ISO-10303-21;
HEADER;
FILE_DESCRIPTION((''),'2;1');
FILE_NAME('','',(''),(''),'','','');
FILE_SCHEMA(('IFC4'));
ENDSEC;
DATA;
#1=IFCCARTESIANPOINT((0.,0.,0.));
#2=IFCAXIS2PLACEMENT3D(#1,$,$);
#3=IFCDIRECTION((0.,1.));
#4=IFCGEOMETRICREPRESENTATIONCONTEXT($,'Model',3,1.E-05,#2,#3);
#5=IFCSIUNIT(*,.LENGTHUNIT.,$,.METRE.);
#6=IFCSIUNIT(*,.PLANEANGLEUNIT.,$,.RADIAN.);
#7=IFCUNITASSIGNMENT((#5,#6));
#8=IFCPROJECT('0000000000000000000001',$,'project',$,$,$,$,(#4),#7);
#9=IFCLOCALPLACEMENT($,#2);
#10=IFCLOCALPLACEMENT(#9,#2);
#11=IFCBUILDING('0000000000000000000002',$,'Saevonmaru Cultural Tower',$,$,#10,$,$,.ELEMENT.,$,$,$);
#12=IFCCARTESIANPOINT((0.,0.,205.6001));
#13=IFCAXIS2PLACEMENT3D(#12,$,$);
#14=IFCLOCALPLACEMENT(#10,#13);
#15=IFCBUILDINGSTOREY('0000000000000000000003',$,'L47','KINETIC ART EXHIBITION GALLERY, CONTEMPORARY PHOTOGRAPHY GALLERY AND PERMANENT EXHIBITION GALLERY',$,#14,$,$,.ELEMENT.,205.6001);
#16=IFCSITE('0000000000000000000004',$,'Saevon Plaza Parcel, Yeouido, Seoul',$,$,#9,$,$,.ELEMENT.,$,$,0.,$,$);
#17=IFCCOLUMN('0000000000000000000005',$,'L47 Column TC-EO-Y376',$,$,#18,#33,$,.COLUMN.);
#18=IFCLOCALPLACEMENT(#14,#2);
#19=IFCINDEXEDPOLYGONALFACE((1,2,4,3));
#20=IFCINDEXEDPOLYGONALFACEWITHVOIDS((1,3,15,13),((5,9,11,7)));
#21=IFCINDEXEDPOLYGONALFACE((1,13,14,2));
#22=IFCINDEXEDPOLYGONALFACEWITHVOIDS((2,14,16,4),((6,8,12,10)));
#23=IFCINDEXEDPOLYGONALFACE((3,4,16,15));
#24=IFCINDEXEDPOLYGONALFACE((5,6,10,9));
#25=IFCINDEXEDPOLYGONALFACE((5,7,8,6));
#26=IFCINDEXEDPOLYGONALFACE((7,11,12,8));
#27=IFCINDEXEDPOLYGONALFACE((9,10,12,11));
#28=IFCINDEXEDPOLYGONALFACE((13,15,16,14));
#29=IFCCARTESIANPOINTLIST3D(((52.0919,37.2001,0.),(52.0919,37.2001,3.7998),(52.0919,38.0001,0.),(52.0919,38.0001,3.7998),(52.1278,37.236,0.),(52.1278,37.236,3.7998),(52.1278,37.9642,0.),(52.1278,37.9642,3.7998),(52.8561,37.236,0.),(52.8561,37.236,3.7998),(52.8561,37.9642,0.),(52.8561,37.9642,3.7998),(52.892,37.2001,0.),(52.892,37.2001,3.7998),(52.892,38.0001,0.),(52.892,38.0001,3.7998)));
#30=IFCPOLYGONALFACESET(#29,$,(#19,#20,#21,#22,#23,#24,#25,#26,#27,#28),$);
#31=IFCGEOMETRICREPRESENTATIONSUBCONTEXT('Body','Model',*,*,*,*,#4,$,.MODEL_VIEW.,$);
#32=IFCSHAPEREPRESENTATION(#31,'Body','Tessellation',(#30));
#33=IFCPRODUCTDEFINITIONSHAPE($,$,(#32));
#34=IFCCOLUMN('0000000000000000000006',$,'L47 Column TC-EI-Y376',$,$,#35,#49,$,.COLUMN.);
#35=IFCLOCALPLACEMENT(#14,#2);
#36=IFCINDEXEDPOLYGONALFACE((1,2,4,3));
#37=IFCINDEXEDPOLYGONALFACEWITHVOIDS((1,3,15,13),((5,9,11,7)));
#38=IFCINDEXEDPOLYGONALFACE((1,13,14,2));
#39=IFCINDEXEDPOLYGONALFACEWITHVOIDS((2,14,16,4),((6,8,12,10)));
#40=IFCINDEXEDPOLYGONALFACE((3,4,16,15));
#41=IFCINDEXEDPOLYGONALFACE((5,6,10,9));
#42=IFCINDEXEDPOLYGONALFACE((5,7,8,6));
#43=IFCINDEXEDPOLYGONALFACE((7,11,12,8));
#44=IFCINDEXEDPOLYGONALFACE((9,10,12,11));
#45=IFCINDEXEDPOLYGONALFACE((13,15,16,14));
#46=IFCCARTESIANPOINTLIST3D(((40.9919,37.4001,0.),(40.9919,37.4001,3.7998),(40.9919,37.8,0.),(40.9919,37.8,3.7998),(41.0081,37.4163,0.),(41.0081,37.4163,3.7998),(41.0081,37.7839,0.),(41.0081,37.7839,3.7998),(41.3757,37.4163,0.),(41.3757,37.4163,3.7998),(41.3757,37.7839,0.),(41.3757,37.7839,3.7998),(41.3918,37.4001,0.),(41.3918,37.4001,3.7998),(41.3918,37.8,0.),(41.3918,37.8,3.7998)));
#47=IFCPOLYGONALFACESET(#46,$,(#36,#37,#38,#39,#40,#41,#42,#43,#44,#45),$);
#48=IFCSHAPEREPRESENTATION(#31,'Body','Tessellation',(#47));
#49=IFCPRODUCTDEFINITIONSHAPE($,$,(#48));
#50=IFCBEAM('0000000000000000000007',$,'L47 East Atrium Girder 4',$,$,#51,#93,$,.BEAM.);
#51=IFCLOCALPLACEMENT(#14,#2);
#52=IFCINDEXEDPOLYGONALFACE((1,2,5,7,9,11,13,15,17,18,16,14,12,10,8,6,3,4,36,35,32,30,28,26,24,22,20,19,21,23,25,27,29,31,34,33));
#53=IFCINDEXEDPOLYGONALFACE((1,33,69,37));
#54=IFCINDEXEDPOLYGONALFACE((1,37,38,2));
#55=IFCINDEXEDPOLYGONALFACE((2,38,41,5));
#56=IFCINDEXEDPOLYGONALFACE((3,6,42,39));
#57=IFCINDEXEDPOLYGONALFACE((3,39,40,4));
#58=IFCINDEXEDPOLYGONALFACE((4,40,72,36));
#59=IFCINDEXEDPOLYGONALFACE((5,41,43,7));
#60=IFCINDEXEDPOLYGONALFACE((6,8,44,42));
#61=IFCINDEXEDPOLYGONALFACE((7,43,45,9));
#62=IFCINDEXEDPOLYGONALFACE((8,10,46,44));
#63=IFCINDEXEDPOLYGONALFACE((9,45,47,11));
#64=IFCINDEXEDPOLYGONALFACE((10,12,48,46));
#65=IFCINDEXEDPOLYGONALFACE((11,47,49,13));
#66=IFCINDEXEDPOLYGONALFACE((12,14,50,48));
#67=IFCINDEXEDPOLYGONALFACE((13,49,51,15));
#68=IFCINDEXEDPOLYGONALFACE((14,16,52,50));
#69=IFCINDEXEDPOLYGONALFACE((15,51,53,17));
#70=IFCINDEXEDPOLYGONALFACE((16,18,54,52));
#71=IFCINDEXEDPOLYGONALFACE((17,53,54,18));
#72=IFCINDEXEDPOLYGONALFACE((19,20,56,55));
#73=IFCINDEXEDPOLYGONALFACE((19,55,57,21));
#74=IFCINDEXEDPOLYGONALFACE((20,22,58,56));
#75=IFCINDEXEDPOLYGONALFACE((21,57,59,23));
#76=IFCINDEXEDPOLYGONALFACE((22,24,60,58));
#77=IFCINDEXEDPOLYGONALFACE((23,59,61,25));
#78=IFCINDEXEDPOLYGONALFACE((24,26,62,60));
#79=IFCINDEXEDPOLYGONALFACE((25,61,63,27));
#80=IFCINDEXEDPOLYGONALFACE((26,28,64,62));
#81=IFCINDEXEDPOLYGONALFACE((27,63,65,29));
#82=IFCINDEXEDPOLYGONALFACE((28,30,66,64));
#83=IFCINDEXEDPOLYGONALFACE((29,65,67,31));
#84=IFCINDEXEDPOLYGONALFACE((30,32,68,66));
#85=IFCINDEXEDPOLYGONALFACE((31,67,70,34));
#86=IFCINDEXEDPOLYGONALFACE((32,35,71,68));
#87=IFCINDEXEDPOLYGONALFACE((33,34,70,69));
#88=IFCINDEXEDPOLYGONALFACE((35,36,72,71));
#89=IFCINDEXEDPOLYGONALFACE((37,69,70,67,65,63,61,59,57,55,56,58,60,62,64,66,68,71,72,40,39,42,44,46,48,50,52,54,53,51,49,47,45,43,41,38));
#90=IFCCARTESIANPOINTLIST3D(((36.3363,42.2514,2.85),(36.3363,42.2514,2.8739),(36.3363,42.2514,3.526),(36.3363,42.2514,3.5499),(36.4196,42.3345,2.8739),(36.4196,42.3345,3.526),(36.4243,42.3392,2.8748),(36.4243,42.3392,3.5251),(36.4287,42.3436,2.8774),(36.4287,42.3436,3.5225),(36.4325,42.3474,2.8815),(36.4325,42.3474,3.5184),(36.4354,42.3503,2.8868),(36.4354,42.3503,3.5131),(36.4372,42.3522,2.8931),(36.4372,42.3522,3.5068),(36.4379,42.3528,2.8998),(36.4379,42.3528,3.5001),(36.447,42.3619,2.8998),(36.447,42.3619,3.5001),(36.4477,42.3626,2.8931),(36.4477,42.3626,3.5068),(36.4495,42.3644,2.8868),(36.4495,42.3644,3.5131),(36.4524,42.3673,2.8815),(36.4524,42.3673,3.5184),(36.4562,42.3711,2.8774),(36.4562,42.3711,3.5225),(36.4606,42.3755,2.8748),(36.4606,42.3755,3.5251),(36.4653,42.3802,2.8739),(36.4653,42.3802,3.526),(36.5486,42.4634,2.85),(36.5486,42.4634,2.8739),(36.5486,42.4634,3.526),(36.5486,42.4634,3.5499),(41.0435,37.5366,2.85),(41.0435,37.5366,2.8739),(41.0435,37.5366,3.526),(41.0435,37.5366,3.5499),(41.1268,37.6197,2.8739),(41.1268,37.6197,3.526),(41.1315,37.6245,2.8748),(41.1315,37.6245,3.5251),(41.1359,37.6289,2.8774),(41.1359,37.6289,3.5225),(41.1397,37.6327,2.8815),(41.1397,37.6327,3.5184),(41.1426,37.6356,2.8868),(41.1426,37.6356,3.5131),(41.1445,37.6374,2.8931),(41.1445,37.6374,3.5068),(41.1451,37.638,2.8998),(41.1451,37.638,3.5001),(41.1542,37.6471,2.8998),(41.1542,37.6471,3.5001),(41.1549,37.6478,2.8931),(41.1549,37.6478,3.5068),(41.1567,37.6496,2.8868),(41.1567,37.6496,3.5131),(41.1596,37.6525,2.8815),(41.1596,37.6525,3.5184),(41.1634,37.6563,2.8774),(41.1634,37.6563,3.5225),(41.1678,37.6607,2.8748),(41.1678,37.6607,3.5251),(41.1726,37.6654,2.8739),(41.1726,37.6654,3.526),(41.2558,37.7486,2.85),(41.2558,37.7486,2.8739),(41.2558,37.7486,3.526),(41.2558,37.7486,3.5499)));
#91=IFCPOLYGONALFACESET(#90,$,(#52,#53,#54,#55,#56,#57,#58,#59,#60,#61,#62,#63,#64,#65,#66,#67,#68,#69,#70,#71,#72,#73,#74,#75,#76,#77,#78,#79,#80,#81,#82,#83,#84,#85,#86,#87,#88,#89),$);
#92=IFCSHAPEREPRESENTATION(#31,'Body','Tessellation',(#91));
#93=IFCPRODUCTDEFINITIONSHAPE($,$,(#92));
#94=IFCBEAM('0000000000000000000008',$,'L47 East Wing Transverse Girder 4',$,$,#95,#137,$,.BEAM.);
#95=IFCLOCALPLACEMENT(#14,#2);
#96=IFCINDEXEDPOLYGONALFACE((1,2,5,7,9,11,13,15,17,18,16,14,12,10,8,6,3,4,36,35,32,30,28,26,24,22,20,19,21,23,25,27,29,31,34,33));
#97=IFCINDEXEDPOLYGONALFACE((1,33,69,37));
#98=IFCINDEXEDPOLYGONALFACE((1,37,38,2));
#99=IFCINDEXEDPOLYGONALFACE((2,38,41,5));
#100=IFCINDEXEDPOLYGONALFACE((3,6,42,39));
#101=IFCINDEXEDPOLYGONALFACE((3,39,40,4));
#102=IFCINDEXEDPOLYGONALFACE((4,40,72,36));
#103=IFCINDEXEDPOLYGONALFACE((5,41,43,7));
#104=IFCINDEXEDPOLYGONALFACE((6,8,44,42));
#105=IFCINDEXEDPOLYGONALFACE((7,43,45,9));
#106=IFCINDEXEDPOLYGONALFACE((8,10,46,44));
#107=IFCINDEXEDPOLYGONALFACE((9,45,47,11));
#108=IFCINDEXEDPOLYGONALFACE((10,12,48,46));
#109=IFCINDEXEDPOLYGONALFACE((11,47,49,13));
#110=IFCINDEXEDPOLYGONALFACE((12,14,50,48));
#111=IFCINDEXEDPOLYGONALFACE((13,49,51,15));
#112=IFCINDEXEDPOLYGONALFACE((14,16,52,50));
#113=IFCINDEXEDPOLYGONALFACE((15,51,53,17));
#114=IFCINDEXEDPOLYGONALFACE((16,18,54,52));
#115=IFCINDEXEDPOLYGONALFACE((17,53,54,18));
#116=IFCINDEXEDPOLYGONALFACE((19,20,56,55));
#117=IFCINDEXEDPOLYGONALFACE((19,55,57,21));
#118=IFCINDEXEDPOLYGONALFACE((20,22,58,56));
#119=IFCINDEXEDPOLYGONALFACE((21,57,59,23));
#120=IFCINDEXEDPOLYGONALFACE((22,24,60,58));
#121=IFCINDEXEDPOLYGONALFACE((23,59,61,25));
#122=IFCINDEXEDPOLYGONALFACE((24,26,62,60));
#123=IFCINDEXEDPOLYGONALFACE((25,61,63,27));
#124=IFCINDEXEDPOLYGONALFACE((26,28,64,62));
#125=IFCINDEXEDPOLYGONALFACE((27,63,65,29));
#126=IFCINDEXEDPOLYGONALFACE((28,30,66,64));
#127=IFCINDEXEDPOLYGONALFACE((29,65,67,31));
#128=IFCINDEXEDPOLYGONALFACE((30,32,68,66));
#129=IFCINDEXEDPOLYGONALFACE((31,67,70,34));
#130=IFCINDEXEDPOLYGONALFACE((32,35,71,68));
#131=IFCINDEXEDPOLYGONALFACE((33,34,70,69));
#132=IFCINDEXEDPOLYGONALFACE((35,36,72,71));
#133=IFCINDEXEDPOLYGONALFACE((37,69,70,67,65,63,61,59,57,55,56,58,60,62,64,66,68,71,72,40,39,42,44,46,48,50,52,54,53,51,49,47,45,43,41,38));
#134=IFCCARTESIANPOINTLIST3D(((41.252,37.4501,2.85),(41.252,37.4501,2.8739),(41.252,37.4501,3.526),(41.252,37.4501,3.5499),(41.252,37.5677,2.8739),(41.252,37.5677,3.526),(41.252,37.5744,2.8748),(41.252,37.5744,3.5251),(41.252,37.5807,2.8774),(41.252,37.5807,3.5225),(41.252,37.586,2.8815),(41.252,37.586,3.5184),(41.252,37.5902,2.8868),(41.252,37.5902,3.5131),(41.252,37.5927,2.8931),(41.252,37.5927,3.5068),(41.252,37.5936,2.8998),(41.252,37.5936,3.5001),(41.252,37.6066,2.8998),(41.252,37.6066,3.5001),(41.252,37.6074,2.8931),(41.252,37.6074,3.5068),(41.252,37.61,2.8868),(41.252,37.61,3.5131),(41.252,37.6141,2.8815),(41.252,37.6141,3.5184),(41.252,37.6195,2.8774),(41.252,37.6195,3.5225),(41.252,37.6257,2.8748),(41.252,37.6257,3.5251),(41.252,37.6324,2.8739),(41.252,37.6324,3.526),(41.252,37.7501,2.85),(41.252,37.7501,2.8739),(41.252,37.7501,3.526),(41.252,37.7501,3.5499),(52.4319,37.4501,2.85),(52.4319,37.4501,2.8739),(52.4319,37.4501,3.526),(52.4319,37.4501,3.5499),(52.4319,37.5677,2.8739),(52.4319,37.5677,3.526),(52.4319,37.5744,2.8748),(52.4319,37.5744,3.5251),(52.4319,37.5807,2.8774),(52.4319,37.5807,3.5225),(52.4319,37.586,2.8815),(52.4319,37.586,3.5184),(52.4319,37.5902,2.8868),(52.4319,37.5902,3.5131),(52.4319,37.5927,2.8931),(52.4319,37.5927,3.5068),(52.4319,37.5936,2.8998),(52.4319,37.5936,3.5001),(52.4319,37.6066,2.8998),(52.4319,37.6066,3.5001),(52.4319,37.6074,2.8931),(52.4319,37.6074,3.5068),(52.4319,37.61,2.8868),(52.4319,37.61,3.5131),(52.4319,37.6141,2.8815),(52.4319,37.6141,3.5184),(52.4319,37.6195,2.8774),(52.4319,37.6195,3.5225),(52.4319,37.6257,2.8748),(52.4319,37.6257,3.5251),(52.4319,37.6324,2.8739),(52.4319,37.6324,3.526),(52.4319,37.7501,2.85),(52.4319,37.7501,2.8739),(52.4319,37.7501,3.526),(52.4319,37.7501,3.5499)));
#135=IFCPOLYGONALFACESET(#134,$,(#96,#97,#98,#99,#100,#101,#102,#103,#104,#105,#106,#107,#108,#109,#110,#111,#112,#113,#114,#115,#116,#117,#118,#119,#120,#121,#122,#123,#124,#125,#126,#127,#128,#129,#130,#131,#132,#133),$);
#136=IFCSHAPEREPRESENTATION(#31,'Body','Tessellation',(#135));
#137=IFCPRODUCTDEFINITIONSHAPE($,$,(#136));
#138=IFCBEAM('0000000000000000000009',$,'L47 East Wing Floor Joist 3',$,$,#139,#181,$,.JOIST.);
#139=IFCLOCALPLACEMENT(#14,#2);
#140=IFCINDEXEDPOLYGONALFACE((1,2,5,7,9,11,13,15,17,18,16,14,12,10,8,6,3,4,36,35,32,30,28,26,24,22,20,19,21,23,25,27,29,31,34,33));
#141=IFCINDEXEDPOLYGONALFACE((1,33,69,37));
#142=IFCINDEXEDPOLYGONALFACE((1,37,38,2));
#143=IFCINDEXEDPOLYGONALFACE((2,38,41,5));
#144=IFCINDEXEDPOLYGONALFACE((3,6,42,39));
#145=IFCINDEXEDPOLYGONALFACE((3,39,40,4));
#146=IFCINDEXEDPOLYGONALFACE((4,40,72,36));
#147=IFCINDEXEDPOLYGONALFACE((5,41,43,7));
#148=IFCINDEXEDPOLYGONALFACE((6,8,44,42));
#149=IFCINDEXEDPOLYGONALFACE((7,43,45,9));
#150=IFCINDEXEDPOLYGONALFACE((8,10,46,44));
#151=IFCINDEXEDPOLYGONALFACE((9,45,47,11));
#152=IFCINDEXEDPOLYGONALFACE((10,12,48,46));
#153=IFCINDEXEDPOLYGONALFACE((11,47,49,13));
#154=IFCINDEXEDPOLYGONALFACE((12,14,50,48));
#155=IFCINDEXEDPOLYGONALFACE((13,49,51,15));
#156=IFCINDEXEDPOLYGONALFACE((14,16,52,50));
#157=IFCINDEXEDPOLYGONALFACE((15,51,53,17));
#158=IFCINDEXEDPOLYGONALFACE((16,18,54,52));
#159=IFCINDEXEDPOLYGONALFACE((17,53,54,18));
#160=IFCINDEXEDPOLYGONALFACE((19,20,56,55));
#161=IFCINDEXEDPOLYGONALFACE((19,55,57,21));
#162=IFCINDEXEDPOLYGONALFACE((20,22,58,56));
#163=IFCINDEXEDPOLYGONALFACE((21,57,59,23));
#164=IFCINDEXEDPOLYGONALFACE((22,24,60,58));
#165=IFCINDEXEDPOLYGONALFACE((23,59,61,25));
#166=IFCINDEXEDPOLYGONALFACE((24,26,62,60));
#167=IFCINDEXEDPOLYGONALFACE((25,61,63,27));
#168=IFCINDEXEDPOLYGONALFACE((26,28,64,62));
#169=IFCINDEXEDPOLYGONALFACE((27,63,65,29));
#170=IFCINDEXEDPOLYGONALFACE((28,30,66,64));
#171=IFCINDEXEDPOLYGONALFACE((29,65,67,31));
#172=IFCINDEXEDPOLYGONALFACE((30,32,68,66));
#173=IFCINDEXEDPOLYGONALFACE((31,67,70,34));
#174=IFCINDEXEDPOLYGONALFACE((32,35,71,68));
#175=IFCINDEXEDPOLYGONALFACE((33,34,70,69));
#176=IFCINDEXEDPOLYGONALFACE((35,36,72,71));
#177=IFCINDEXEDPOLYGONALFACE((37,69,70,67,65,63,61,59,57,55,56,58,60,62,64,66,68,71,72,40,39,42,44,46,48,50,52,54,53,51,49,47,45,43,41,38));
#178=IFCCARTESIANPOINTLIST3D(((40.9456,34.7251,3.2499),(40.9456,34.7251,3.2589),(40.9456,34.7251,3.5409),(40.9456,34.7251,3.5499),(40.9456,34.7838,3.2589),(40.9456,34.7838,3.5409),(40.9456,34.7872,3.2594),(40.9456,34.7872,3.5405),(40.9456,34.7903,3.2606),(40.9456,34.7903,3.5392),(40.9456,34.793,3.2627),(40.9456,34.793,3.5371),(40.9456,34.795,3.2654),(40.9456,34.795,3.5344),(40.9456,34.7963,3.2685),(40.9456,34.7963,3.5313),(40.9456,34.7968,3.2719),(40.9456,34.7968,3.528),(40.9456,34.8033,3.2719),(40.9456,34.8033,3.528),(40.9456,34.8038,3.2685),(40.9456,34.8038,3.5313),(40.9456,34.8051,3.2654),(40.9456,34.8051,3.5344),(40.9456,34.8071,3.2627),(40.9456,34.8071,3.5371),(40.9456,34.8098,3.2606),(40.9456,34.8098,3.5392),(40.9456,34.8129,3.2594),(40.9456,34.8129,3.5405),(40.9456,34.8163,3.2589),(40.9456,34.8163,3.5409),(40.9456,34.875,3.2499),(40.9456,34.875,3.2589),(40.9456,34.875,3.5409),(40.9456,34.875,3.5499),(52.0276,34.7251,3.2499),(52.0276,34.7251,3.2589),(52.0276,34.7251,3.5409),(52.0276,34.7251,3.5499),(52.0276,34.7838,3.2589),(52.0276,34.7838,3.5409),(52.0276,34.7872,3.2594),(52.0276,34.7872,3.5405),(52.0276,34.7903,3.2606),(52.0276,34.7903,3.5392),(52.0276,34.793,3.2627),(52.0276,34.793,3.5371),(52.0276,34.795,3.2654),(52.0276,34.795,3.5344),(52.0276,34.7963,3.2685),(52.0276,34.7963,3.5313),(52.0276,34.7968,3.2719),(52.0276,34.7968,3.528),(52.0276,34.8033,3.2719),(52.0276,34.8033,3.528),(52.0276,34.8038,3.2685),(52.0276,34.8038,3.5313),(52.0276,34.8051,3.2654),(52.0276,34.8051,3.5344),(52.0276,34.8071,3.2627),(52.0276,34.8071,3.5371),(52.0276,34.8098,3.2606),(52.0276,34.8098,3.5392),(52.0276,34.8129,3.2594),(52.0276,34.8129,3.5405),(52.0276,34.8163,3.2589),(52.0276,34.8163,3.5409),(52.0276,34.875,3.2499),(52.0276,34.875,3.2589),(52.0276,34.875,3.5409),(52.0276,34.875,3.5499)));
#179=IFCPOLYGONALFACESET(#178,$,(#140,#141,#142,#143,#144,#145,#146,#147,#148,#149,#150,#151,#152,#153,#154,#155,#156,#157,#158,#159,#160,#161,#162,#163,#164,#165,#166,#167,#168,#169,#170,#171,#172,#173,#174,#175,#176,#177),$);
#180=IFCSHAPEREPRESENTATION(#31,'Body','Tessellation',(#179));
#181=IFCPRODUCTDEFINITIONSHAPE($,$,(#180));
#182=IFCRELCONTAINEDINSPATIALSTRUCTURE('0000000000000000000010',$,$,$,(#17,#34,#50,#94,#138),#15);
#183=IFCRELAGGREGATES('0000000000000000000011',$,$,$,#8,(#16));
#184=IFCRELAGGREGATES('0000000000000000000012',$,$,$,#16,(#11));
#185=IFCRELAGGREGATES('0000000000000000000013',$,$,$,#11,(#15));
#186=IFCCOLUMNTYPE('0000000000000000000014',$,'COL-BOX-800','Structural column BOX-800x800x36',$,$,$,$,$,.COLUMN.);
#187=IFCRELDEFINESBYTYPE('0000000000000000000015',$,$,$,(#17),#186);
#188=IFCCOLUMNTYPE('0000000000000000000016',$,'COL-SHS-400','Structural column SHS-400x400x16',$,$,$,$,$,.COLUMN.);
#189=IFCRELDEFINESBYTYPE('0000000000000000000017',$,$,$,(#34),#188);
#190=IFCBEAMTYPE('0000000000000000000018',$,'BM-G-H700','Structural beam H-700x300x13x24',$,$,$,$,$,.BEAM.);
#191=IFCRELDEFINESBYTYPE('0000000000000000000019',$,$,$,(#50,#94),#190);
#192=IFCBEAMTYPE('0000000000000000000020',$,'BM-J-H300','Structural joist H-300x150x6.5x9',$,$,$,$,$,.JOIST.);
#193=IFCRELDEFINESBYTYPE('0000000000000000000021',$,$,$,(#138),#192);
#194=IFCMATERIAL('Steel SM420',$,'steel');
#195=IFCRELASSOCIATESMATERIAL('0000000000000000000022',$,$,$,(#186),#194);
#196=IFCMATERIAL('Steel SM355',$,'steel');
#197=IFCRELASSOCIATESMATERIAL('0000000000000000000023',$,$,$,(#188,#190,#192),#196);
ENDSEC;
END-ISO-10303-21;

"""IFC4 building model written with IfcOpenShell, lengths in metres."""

from ifc_helpers import new_model, si_unit, direction, frame, origin, origin_2d, place, context, subcontext, project, spatial, hollow_rectangle, i_section, extrude, material, material_profile, profile_set, type_object, element, save


model = new_model("IFC4")

# Units and contexts
model_context = context("Model", 3, precision=1e-05, world=origin(), true_north=direction((0.0, 1.0)))
body_context = subcontext(model_context, "Body", "Model", "MODEL_VIEW")
ifc_project = project(units=[si_unit("LENGTHUNIT", "METRE"), si_unit("PLANEANGLEUNIT", "RADIAN")], contexts=[model_context])

# Site, building, storey
site_placement = place(None, origin())
site = spatial("IfcSite", under=ifc_project, at=site_placement, Name="Saevon Plaza Parcel, Yeouido, Seoul", CompositionType="ELEMENT", RefElevation=0.0)
building_placement = place(site_placement, origin())
building = spatial("IfcBuilding", under=site, at=building_placement, Name="Saevonmaru Cultural Tower", CompositionType="ELEMENT")
storey_placement = place(building_placement, frame((0.0, 0.0, 205.6001)))
storey = spatial("IfcBuildingStorey", under=building, at=storey_placement, Name="L47", Description="KINETIC ART EXHIBITION GALLERY, CONTEMPORARY PHOTOGRAPHY GALLERY AND PERMANENT EXHIBITION GALLERY", CompositionType="ELEMENT", Elevation=205.6001)

# Columns
ifc_material_1 = material(Name="Steel SM420", Category="steel")
ifc_material_profile_1 = material_profile(ifc_material_1, hollow_rectangle(XDim=0.8, YDim=0.8, WallThickness=0.0359, at=origin_2d()), Name="BOX-800x800x36")
ifc_profile_set_1 = profile_set([ifc_material_profile_1], Name="Steel SM420")
column_type_1 = type_object("IfcColumnType", Name="COL-BOX-800", Description="Structural column BOX-800x800x36", PredefinedType="COLUMN", material=ifc_profile_set_1)
column_1_placement = place(storey_placement, frame((52.4919, 37.6001, 0.0), z_axis=(0.0, 0.0, 1.0), x_axis=(1.0, 0.0, 0.0)))
element("IfcColumn", 1, at=column_1_placement, inside=storey, type_object=column_type_1, Name="L47 Column TC-EO-Y376", PredefinedType="COLUMN", context=body_context, shape_type="SweptSolid", body=[
    extrude(hollow_rectangle(XDim=0.8, YDim=0.8, WallThickness=0.0359, at=origin_2d()), origin(), (0.0, 0.0, 1.0), 3.7998),
])
ifc_material_2 = material(Name="Steel SM355", Category="steel")
ifc_material_profile_2 = material_profile(ifc_material_2, hollow_rectangle(XDim=0.3999, YDim=0.3999, WallThickness=0.0161, at=origin_2d()), Name="SHS-400x400x16")
ifc_profile_set_2 = profile_set([ifc_material_profile_2], Name="Steel SM355")
column_type_2 = type_object("IfcColumnType", Name="COL-SHS-400", Description="Structural column SHS-400x400x16", PredefinedType="COLUMN", material=ifc_profile_set_2)
column_2_placement = place(storey_placement, frame((41.1919, 37.6001, 0.0), z_axis=(0.0, 0.0, 1.0), x_axis=(1.0, 0.0, 0.0)))
element("IfcColumn", 2, at=column_2_placement, inside=storey, type_object=column_type_2, Name="L47 Column TC-EI-Y376", PredefinedType="COLUMN", context=body_context, shape_type="SweptSolid", body=[
    extrude(hollow_rectangle(XDim=0.3999, YDim=0.3999, WallThickness=0.0161, at=origin_2d()), origin(), (0.0, 0.0, 1.0), 3.7998),
])

# Beams
ifc_material_profile_3 = material_profile(ifc_material_2, i_section(OverallWidth=0.3, OverallDepth=0.7, WebThickness=0.0129, FlangeThickness=0.0239, FilletRadius=0.0259, at=origin_2d()), Name="H-700x300x13x24")
ifc_profile_set_3 = profile_set([ifc_material_profile_3], Name="Steel SM355")
beam_type_1 = type_object("IfcBeamType", Name="BM-G-H700", Description="Structural beam H-700x300x13x24", PredefinedType="BEAM", material=ifc_profile_set_3)
beam_1_placement = place(storey_placement, frame((41.1497, 37.6426, 3.2), z_axis=(-0.706539, 0.707675, 0.0), x_axis=(-0.707675, -0.706539, 0.0)))
element("IfcBeam", 3, at=beam_1_placement, inside=storey, type_object=beam_type_1, Name="L47 East Atrium Girder 4", PredefinedType="BEAM", context=body_context, shape_type="SweptSolid", body=[
    extrude(i_section(OverallWidth=0.3, OverallDepth=0.7, WebThickness=0.0129, FlangeThickness=0.0239, FilletRadius=0.0259, at=origin_2d()), origin(), (0.0, 0.0, 1.0), 6.6624),
])
beam_2_placement = place(storey_placement, frame((41.252, 37.6001, 3.2), z_axis=(1.0, 0.0, 0.0), x_axis=(0.0, 1.0, 0.0)))
element("IfcBeam", 4, at=beam_2_placement, inside=storey, type_object=beam_type_1, Name="L47 East Wing Transverse Girder 4", PredefinedType="BEAM", context=body_context, shape_type="SweptSolid", body=[
    extrude(i_section(OverallWidth=0.3, OverallDepth=0.7, WebThickness=0.0129, FlangeThickness=0.0239, FilletRadius=0.0259, at=origin_2d()), origin(), (0.0, 0.0, 1.0), 11.1799),
])
ifc_material_profile_4 = material_profile(ifc_material_2, i_section(OverallWidth=0.1499, OverallDepth=0.3, WebThickness=0.0066, FlangeThickness=0.009, FilletRadius=0.0129, at=origin_2d()), Name="H-300x150x6.5x9")
ifc_profile_set_4 = profile_set([ifc_material_profile_4], Name="Steel SM355")
beam_type_2 = type_object("IfcBeamType", Name="BM-J-H300", Description="Structural joist H-300x150x6.5x9", PredefinedType="JOIST", material=ifc_profile_set_4)
beam_3_placement = place(storey_placement, frame((40.9456, 34.8, 3.3999), z_axis=(1.0, 0.0, 0.0), x_axis=(0.0, 1.0, 0.0)))
element("IfcBeam", 5, at=beam_3_placement, inside=storey, type_object=beam_type_2, Name="L47 East Wing Floor Joist 3", PredefinedType="JOIST", context=body_context, shape_type="SweptSolid", body=[
    extrude(i_section(OverallWidth=0.1499, OverallDepth=0.3, WebThickness=0.0066, FlangeThickness=0.009, FilletRadius=0.0129, at=origin_2d()), origin(), (0.0, 0.0, 1.0), 11.082),
])

save(model, "model.ifc")
